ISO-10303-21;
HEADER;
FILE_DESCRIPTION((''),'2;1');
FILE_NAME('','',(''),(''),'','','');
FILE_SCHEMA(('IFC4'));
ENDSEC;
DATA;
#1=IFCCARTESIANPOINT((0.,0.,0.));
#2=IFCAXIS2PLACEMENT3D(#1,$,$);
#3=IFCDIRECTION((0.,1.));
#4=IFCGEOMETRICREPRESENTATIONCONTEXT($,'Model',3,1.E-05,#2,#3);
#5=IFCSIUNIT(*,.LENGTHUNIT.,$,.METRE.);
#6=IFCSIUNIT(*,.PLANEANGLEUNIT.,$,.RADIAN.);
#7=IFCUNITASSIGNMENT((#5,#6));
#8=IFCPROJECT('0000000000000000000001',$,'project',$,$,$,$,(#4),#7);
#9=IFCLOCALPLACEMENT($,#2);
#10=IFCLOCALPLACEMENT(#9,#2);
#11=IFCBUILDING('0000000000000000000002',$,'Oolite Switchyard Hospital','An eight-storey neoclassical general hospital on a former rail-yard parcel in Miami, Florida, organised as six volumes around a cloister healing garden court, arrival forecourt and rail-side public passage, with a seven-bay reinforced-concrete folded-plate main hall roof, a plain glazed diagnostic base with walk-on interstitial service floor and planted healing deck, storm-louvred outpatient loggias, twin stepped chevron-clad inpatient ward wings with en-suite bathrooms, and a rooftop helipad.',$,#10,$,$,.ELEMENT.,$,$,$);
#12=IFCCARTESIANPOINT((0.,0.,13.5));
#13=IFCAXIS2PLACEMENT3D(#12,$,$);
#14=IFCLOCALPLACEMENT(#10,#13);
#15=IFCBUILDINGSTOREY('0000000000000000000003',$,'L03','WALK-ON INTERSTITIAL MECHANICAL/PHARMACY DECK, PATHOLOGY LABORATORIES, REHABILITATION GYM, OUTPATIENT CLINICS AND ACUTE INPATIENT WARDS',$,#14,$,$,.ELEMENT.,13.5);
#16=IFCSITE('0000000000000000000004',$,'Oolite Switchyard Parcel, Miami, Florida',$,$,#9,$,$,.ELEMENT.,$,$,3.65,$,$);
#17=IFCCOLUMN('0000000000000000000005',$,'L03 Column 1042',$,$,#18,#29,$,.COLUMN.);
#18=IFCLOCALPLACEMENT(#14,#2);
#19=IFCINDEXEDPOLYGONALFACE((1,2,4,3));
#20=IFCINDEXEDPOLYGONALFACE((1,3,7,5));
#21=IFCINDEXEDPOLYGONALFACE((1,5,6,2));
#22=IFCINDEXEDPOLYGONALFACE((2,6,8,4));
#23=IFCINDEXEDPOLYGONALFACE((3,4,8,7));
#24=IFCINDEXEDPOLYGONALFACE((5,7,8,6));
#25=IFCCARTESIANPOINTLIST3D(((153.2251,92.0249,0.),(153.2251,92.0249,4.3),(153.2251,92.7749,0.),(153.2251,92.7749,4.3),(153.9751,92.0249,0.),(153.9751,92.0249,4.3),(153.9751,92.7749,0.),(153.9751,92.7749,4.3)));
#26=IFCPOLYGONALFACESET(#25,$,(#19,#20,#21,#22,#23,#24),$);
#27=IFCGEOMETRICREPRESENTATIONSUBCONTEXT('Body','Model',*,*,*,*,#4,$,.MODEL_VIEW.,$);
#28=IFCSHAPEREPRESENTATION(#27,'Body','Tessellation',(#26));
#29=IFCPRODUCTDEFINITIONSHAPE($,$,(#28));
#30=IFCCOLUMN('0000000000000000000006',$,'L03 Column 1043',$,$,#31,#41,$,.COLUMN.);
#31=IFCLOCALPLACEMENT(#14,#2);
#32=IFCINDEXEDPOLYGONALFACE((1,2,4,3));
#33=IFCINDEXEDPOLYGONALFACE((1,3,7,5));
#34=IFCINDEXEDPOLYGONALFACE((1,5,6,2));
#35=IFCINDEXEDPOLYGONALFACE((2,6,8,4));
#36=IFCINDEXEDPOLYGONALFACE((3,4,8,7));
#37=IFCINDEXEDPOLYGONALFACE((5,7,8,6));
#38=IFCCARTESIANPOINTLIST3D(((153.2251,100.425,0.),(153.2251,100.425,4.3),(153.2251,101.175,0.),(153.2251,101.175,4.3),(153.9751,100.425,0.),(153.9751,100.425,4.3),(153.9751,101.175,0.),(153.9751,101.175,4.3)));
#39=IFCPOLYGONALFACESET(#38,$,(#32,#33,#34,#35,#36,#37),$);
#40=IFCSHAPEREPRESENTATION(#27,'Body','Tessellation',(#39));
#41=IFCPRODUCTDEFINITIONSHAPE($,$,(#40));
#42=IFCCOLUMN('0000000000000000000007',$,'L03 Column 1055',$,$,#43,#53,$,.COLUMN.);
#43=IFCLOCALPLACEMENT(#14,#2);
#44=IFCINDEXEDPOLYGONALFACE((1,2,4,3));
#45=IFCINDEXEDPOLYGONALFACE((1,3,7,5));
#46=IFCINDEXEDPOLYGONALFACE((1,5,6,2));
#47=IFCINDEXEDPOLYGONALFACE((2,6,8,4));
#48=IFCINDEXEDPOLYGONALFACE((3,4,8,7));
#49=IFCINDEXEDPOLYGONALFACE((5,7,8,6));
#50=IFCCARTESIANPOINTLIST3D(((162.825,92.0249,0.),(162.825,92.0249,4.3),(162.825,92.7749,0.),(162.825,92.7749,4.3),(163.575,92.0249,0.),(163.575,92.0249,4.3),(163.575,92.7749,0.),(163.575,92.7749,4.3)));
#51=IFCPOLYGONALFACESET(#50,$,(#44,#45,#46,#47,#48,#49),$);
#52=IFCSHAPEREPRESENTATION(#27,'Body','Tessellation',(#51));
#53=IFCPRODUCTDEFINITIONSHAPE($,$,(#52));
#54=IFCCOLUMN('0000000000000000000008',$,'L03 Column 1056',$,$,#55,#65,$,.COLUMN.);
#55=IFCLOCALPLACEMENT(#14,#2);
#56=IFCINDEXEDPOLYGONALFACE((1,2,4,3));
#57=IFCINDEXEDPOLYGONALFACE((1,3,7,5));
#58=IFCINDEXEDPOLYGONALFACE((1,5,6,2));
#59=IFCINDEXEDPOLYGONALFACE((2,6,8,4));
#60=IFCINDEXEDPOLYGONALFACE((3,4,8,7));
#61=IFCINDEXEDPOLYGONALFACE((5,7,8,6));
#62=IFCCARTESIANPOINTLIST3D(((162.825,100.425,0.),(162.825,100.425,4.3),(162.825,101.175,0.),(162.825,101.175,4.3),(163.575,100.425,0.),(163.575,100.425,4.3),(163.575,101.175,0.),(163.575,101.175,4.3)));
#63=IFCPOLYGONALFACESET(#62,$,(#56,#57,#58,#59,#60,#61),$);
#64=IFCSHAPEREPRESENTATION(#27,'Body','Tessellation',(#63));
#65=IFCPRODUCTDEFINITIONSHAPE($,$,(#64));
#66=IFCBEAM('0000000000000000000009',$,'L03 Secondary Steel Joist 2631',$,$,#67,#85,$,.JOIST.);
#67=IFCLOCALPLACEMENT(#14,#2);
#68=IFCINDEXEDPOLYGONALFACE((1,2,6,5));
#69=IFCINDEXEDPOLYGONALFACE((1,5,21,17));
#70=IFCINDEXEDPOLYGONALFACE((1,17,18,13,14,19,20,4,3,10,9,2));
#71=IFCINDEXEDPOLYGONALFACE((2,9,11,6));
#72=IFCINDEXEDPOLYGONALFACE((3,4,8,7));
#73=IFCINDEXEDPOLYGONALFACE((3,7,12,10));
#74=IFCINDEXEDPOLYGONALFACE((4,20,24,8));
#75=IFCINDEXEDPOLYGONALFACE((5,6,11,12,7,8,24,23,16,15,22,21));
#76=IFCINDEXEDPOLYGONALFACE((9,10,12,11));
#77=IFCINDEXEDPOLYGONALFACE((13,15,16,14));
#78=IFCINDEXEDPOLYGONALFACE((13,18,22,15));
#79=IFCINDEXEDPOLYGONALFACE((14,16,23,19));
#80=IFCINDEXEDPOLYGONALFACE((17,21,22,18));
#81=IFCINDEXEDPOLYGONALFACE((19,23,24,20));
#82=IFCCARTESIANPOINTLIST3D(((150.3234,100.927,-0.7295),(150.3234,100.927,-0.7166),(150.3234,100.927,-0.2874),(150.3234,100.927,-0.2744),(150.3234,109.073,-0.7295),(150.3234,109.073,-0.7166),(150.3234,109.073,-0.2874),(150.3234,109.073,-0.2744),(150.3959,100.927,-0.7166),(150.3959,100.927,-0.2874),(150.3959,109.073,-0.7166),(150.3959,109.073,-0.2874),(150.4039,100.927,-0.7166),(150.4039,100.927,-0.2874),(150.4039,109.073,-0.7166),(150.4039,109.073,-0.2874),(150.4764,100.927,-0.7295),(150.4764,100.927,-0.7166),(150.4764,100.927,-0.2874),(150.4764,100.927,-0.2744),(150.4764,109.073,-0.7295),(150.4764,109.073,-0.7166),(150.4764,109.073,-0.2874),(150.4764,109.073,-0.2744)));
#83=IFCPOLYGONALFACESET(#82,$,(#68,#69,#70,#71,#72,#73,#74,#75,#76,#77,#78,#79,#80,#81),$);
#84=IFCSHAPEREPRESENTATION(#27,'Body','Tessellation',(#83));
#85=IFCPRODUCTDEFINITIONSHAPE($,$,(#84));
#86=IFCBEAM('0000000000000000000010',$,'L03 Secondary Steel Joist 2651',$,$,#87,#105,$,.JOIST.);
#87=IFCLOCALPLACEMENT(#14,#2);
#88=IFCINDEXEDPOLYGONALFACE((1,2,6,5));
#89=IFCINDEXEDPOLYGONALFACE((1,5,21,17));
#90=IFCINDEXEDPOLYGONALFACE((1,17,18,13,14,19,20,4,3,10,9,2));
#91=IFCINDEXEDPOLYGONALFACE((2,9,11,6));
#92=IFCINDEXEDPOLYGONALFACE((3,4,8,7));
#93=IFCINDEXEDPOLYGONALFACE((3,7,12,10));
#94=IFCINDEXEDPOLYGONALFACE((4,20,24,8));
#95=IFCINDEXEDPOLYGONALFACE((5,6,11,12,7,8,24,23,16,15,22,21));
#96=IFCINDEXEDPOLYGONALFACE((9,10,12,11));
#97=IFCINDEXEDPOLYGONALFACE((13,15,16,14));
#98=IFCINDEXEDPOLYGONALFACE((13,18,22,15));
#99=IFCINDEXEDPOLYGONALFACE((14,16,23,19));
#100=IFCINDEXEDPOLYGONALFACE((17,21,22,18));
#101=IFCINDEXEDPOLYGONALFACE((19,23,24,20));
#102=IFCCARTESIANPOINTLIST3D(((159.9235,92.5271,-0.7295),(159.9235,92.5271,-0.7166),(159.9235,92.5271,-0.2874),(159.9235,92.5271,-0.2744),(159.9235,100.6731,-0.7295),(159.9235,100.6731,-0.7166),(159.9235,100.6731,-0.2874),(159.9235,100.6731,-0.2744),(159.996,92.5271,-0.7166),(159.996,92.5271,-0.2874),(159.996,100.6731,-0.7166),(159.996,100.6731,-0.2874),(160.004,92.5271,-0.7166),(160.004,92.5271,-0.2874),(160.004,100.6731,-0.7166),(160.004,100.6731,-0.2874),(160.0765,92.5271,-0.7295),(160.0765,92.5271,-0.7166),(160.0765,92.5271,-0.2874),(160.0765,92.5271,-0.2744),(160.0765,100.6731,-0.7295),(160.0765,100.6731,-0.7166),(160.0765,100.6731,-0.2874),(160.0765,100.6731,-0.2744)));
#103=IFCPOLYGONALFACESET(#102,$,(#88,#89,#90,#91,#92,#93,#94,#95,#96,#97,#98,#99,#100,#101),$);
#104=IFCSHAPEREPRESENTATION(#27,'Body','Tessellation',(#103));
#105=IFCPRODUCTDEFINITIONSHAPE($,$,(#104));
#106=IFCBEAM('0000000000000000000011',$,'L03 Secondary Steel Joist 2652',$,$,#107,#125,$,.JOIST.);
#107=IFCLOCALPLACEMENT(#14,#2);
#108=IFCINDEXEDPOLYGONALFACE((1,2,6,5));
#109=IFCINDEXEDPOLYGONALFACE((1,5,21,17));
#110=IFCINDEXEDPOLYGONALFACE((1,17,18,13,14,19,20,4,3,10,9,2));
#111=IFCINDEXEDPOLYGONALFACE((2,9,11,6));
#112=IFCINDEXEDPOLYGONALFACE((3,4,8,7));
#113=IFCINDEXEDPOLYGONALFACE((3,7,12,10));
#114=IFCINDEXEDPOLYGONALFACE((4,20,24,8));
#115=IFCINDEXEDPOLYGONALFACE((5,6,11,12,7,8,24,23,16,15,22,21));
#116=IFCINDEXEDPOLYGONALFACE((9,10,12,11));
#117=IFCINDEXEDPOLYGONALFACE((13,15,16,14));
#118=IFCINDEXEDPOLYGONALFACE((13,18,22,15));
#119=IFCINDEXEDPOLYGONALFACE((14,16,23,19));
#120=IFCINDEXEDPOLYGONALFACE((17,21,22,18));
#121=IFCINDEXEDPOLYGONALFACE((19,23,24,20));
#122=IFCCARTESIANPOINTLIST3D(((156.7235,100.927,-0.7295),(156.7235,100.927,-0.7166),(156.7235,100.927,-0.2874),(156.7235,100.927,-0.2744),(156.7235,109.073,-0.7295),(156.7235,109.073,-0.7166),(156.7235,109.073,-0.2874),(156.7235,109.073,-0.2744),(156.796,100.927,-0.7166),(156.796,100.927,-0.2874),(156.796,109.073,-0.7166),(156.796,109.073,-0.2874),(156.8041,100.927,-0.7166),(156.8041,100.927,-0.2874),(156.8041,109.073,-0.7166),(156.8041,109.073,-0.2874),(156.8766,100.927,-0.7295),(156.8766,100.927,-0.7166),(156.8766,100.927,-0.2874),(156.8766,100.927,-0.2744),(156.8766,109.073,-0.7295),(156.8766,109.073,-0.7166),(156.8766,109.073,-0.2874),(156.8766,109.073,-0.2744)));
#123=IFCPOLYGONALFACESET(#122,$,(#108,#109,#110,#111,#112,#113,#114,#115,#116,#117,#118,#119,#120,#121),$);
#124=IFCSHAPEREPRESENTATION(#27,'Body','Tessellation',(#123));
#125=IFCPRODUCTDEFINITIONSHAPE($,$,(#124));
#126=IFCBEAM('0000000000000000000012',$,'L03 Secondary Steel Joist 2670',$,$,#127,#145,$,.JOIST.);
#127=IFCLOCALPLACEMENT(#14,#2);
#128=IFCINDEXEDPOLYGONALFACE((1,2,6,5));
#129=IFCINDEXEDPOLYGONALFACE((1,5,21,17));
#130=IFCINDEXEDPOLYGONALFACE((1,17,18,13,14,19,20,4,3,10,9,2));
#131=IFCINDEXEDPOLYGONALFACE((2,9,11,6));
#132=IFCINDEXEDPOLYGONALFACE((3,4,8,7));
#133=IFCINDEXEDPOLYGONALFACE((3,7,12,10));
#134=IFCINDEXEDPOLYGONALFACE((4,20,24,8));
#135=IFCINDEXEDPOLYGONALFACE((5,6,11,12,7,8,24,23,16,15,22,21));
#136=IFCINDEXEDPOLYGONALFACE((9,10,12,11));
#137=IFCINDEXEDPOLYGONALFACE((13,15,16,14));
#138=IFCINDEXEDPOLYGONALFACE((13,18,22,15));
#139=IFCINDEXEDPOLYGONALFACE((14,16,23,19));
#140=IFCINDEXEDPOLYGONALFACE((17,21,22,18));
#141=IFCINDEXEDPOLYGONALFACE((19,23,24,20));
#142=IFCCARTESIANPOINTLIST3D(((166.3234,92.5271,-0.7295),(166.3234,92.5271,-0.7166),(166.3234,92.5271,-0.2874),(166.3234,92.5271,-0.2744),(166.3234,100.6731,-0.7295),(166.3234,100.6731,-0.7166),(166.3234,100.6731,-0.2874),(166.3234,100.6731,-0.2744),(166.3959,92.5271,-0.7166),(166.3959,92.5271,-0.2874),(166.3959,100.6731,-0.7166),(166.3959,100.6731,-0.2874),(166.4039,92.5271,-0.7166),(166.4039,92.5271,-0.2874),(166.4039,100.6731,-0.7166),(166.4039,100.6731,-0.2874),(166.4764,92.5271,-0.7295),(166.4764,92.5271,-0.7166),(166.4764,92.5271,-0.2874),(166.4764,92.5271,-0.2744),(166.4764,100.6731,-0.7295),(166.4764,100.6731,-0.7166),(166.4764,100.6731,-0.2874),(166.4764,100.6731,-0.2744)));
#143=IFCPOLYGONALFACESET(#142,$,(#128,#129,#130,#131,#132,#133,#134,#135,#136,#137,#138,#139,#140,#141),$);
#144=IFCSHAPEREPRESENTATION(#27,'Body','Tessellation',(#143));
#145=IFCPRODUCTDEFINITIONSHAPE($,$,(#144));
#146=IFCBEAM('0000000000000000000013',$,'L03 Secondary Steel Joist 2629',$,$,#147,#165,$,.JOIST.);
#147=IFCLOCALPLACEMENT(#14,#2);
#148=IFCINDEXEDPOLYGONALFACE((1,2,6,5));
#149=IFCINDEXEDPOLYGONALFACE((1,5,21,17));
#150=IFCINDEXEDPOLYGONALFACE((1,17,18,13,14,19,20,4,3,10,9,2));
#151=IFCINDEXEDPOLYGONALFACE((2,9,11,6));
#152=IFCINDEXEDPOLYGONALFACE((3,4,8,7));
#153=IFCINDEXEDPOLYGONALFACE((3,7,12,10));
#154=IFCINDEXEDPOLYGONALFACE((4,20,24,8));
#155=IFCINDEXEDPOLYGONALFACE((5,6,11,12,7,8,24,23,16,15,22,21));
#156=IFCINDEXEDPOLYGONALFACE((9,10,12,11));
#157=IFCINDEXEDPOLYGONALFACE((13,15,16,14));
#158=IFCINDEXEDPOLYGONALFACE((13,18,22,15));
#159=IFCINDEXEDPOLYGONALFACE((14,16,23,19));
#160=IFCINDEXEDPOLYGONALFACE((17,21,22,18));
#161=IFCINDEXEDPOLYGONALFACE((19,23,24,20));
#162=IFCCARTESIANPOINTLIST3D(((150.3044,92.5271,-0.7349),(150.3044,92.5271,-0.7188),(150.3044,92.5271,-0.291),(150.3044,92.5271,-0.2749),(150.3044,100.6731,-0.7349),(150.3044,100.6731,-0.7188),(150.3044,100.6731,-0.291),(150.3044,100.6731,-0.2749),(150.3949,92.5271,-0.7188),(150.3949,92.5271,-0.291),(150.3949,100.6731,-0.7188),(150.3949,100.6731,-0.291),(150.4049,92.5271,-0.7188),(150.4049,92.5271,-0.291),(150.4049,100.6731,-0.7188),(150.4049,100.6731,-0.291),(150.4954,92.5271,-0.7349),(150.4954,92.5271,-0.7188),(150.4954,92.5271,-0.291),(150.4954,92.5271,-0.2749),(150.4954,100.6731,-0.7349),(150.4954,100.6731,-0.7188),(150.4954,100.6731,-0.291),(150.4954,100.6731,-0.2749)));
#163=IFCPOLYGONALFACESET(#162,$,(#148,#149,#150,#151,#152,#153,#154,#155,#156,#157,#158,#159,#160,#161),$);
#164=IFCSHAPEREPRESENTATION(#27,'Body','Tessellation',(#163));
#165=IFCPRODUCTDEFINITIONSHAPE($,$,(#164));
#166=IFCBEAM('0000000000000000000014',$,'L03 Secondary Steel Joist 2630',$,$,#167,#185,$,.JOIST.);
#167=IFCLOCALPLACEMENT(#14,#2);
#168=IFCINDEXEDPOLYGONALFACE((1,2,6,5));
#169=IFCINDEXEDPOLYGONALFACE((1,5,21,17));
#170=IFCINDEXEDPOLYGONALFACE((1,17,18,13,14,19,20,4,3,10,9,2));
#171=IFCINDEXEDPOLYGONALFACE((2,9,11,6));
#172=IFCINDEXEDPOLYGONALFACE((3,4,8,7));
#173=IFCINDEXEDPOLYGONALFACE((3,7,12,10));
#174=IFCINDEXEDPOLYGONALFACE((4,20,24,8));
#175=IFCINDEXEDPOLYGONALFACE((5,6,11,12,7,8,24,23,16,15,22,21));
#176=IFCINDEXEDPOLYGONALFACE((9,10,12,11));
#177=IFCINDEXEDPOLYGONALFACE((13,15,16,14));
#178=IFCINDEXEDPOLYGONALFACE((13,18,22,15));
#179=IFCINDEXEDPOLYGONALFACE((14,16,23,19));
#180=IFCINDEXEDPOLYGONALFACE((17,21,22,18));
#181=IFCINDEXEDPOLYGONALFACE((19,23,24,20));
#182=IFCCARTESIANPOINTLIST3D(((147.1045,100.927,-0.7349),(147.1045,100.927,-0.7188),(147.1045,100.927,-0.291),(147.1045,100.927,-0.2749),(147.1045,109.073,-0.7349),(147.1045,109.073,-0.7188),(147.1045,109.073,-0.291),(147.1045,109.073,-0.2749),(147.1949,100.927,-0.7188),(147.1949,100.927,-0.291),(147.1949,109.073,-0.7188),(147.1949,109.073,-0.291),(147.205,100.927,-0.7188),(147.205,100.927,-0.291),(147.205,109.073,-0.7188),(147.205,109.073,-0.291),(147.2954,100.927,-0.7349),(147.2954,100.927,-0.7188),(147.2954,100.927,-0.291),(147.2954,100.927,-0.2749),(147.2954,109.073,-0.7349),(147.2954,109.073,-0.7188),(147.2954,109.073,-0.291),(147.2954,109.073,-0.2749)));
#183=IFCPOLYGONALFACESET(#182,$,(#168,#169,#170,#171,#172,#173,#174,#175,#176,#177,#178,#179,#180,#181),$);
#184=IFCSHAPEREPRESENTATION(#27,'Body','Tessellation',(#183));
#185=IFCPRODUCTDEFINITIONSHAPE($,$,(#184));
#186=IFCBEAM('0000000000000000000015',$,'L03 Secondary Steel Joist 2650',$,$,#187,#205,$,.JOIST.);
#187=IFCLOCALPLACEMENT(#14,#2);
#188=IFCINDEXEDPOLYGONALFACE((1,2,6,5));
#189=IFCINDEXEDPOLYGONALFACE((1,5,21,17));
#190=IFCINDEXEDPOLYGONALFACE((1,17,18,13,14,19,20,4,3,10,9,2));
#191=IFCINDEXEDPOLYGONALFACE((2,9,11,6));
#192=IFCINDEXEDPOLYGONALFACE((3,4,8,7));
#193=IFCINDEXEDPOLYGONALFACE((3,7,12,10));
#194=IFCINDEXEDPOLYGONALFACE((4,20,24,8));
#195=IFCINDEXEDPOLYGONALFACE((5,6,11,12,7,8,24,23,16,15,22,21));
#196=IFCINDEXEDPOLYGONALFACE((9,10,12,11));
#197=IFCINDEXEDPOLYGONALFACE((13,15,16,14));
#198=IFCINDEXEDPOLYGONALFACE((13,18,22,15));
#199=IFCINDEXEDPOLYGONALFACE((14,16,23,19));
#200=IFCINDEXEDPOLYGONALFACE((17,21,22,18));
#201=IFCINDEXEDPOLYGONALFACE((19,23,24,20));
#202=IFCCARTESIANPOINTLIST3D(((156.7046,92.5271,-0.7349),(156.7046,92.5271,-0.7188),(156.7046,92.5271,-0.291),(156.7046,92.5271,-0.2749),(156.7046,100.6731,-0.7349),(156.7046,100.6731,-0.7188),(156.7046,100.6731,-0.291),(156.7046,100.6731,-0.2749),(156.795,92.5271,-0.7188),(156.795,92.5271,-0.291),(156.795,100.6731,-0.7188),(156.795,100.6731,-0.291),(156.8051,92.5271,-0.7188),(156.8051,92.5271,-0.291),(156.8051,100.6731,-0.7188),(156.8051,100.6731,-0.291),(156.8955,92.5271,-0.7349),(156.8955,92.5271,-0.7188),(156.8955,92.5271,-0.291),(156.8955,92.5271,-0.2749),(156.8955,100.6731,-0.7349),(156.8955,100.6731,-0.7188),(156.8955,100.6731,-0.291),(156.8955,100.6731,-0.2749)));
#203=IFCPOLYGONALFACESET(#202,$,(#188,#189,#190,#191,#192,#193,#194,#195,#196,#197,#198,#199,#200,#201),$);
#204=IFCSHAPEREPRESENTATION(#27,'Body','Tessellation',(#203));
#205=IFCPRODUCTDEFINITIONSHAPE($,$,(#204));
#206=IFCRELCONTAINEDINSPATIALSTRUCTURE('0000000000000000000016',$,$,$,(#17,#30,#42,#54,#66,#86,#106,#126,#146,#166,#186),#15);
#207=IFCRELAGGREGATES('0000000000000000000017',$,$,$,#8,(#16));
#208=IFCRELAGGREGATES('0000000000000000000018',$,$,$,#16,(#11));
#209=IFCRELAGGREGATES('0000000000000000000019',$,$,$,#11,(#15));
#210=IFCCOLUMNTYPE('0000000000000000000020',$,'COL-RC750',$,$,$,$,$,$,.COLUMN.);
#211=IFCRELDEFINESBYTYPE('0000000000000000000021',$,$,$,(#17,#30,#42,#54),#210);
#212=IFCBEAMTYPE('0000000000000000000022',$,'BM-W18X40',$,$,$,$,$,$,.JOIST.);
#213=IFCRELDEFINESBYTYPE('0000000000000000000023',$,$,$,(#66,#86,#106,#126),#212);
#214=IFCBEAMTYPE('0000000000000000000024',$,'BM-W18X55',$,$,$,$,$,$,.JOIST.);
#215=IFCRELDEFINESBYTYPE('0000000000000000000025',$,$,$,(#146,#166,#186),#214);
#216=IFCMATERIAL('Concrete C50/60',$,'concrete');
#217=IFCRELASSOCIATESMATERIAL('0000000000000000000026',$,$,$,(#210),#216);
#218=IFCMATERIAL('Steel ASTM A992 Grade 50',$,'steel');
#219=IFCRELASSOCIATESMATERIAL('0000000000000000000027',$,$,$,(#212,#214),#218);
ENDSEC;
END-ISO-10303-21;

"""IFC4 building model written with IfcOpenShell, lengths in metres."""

from ifc_helpers import new_model, si_unit, direction, frame, origin, origin_2d, place, context, subcontext, project, spatial, rectangle, i_section, extrude, material, material_profile, profile_set, type_object, element, save


model = new_model("IFC4")

# Units and contexts
model_context = context("Model", 3, precision=1e-05, world=origin(), true_north=direction((0.0, 1.0)))
body_context = subcontext(model_context, "Body", "Model", "MODEL_VIEW")
ifc_project = project(units=[si_unit("LENGTHUNIT", "METRE"), si_unit("PLANEANGLEUNIT", "RADIAN")], contexts=[model_context])

# Site, building, storey
site_placement = place(None, origin())
site = spatial("IfcSite", under=ifc_project, at=site_placement, Name="Oolite Switchyard Parcel, Miami, Florida", CompositionType="ELEMENT", RefElevation=3.65)
building_placement = place(site_placement, origin())
building = spatial("IfcBuilding", under=site, at=building_placement, Name="Oolite Switchyard Hospital", Description="An eight-storey neoclassical general hospital on a former rail-yard parcel in Miami, Florida, organised as six volumes around a cloister healing garden court, arrival forecourt and rail-side public passage, with a seven-bay reinforced-concrete folded-plate main hall roof, a plain glazed diagnostic base with walk-on interstitial service floor and planted healing deck, storm-louvred outpatient loggias, twin stepped chevron-clad inpatient ward wings with en-suite bathrooms, and a rooftop helipad.", CompositionType="ELEMENT")
storey_placement = place(building_placement, frame((0.0, 0.0, 13.5)))
storey = spatial("IfcBuildingStorey", under=building, at=storey_placement, Name="L03", Description="WALK-ON INTERSTITIAL MECHANICAL/PHARMACY DECK, PATHOLOGY LABORATORIES, REHABILITATION GYM, OUTPATIENT CLINICS AND ACUTE INPATIENT WARDS", CompositionType="ELEMENT", Elevation=13.5)

# Columns
ifc_material_1 = material(Name="Concrete C50/60", Category="concrete")
ifc_material_profile_1 = material_profile(ifc_material_1, rectangle(XDim=0.75, YDim=0.75, at=origin_2d()), Name="RC750X750")
ifc_profile_set_1 = profile_set([ifc_material_profile_1], Name="Concrete C50/60")
column_type = type_object("IfcColumnType", Name="COL-RC750", PredefinedType="COLUMN", material=ifc_profile_set_1)
for number, where, z_axis, x_axis, name in (
    (1, (153.6001, 92.3999, 0.0), (0.0, 0.0, 1.0), (1.0, 0.0, 0.0), "L03 Column 1042"),
    (2, (153.6001, 100.8, 0.0), (0.0, 0.0, 1.0), (1.0, 0.0, 0.0), "L03 Column 1043"),
    (3, (163.2, 92.3999, 0.0), (0.0, 0.0, 1.0), (1.0, 0.0, 0.0), "L03 Column 1055"),
    (4, (163.2, 100.8, 0.0), (0.0, 0.0, 1.0), (1.0, 0.0, 0.0), "L03 Column 1056"),
):
    element("IfcColumn", number, at=place(storey_placement, frame(where, z_axis=z_axis, x_axis=x_axis)), inside=storey, type_object=column_type, Name=name, PredefinedType="COLUMN", context=body_context, shape_type="SweptSolid", body=[
        extrude(rectangle(XDim=0.75, YDim=0.75, at=origin_2d()), origin(), (0.0, 0.0, 1.0), 4.3),
    ])

# Beams
ifc_material_2 = material(Name="Steel ASTM A992 Grade 50", Category="steel")
ifc_material_profile_2 = material_profile(ifc_material_2, i_section(OverallWidth=0.1531, OverallDepth=0.4551, WebThickness=0.0081, FlangeThickness=0.0129, at=origin_2d()), Name="W18X40")
ifc_profile_set_2 = profile_set([ifc_material_profile_2], Name="Steel ASTM A992 Grade 50")
beam_type_1 = type_object("IfcBeamType", Name="BM-W18X40", PredefinedType="JOIST", material=ifc_profile_set_2)
for number, where, z_axis, x_axis, name in (
    (5, (150.3999, 100.927, -0.502), (0.0, 1.0, 0.0), (-1.0, 0.0, 0.0), "L03 Secondary Steel Joist 2631"),
    (6, (160.0, 92.5271, -0.502), (0.0, 1.0, 0.0), (-1.0, 0.0, 0.0), "L03 Secondary Steel Joist 2651"),
    (7, (156.8, 100.927, -0.502), (0.0, 1.0, 0.0), (-1.0, 0.0, 0.0), "L03 Secondary Steel Joist 2652"),
    (8, (166.3999, 92.5271, -0.502), (0.0, 1.0, 0.0), (-1.0, 0.0, 0.0), "L03 Secondary Steel Joist 2670"),
):
    element("IfcBeam", number, at=place(storey_placement, frame(where, z_axis=z_axis, x_axis=x_axis)), inside=storey, type_object=beam_type_1, Name=name, PredefinedType="JOIST", context=body_context, shape_type="SweptSolid", body=[
        extrude(i_section(OverallWidth=0.1531, OverallDepth=0.4551, WebThickness=0.0081, FlangeThickness=0.0129, at=origin_2d()), origin(), (0.0, 0.0, 1.0), 8.146),
    ])
ifc_material_profile_3 = material_profile(ifc_material_2, i_section(OverallWidth=0.1909, OverallDepth=0.46, WebThickness=0.01, FlangeThickness=0.0161, at=origin_2d()), Name="W18X55")
ifc_profile_set_3 = profile_set([ifc_material_profile_3], Name="Steel ASTM A992 Grade 50")
beam_type_2 = type_object("IfcBeamType", Name="BM-W18X55", PredefinedType="JOIST", material=ifc_profile_set_3)
for number, where, z_axis, x_axis, name in (
    (9, (150.3999, 92.5271, -0.5049), (0.0, 1.0, 0.0), (-1.0, 0.0, 0.0), "L03 Secondary Steel Joist 2629"),
    (10, (147.2, 100.927, -0.5049), (0.0, 1.0, 0.0), (-1.0, 0.0, 0.0), "L03 Secondary Steel Joist 2630"),
    (11, (156.8, 92.5271, -0.5049), (0.0, 1.0, 0.0), (-1.0, 0.0, 0.0), "L03 Secondary Steel Joist 2650"),
):
    element("IfcBeam", number, at=place(storey_placement, frame(where, z_axis=z_axis, x_axis=x_axis)), inside=storey, type_object=beam_type_2, Name=name, PredefinedType="JOIST", context=body_context, shape_type="SweptSolid", body=[
        extrude(i_section(OverallWidth=0.1909, OverallDepth=0.46, WebThickness=0.01, FlangeThickness=0.0161, at=origin_2d()), origin(), (0.0, 0.0, 1.0), 8.146),
    ])

save(model, "model.ifc")
